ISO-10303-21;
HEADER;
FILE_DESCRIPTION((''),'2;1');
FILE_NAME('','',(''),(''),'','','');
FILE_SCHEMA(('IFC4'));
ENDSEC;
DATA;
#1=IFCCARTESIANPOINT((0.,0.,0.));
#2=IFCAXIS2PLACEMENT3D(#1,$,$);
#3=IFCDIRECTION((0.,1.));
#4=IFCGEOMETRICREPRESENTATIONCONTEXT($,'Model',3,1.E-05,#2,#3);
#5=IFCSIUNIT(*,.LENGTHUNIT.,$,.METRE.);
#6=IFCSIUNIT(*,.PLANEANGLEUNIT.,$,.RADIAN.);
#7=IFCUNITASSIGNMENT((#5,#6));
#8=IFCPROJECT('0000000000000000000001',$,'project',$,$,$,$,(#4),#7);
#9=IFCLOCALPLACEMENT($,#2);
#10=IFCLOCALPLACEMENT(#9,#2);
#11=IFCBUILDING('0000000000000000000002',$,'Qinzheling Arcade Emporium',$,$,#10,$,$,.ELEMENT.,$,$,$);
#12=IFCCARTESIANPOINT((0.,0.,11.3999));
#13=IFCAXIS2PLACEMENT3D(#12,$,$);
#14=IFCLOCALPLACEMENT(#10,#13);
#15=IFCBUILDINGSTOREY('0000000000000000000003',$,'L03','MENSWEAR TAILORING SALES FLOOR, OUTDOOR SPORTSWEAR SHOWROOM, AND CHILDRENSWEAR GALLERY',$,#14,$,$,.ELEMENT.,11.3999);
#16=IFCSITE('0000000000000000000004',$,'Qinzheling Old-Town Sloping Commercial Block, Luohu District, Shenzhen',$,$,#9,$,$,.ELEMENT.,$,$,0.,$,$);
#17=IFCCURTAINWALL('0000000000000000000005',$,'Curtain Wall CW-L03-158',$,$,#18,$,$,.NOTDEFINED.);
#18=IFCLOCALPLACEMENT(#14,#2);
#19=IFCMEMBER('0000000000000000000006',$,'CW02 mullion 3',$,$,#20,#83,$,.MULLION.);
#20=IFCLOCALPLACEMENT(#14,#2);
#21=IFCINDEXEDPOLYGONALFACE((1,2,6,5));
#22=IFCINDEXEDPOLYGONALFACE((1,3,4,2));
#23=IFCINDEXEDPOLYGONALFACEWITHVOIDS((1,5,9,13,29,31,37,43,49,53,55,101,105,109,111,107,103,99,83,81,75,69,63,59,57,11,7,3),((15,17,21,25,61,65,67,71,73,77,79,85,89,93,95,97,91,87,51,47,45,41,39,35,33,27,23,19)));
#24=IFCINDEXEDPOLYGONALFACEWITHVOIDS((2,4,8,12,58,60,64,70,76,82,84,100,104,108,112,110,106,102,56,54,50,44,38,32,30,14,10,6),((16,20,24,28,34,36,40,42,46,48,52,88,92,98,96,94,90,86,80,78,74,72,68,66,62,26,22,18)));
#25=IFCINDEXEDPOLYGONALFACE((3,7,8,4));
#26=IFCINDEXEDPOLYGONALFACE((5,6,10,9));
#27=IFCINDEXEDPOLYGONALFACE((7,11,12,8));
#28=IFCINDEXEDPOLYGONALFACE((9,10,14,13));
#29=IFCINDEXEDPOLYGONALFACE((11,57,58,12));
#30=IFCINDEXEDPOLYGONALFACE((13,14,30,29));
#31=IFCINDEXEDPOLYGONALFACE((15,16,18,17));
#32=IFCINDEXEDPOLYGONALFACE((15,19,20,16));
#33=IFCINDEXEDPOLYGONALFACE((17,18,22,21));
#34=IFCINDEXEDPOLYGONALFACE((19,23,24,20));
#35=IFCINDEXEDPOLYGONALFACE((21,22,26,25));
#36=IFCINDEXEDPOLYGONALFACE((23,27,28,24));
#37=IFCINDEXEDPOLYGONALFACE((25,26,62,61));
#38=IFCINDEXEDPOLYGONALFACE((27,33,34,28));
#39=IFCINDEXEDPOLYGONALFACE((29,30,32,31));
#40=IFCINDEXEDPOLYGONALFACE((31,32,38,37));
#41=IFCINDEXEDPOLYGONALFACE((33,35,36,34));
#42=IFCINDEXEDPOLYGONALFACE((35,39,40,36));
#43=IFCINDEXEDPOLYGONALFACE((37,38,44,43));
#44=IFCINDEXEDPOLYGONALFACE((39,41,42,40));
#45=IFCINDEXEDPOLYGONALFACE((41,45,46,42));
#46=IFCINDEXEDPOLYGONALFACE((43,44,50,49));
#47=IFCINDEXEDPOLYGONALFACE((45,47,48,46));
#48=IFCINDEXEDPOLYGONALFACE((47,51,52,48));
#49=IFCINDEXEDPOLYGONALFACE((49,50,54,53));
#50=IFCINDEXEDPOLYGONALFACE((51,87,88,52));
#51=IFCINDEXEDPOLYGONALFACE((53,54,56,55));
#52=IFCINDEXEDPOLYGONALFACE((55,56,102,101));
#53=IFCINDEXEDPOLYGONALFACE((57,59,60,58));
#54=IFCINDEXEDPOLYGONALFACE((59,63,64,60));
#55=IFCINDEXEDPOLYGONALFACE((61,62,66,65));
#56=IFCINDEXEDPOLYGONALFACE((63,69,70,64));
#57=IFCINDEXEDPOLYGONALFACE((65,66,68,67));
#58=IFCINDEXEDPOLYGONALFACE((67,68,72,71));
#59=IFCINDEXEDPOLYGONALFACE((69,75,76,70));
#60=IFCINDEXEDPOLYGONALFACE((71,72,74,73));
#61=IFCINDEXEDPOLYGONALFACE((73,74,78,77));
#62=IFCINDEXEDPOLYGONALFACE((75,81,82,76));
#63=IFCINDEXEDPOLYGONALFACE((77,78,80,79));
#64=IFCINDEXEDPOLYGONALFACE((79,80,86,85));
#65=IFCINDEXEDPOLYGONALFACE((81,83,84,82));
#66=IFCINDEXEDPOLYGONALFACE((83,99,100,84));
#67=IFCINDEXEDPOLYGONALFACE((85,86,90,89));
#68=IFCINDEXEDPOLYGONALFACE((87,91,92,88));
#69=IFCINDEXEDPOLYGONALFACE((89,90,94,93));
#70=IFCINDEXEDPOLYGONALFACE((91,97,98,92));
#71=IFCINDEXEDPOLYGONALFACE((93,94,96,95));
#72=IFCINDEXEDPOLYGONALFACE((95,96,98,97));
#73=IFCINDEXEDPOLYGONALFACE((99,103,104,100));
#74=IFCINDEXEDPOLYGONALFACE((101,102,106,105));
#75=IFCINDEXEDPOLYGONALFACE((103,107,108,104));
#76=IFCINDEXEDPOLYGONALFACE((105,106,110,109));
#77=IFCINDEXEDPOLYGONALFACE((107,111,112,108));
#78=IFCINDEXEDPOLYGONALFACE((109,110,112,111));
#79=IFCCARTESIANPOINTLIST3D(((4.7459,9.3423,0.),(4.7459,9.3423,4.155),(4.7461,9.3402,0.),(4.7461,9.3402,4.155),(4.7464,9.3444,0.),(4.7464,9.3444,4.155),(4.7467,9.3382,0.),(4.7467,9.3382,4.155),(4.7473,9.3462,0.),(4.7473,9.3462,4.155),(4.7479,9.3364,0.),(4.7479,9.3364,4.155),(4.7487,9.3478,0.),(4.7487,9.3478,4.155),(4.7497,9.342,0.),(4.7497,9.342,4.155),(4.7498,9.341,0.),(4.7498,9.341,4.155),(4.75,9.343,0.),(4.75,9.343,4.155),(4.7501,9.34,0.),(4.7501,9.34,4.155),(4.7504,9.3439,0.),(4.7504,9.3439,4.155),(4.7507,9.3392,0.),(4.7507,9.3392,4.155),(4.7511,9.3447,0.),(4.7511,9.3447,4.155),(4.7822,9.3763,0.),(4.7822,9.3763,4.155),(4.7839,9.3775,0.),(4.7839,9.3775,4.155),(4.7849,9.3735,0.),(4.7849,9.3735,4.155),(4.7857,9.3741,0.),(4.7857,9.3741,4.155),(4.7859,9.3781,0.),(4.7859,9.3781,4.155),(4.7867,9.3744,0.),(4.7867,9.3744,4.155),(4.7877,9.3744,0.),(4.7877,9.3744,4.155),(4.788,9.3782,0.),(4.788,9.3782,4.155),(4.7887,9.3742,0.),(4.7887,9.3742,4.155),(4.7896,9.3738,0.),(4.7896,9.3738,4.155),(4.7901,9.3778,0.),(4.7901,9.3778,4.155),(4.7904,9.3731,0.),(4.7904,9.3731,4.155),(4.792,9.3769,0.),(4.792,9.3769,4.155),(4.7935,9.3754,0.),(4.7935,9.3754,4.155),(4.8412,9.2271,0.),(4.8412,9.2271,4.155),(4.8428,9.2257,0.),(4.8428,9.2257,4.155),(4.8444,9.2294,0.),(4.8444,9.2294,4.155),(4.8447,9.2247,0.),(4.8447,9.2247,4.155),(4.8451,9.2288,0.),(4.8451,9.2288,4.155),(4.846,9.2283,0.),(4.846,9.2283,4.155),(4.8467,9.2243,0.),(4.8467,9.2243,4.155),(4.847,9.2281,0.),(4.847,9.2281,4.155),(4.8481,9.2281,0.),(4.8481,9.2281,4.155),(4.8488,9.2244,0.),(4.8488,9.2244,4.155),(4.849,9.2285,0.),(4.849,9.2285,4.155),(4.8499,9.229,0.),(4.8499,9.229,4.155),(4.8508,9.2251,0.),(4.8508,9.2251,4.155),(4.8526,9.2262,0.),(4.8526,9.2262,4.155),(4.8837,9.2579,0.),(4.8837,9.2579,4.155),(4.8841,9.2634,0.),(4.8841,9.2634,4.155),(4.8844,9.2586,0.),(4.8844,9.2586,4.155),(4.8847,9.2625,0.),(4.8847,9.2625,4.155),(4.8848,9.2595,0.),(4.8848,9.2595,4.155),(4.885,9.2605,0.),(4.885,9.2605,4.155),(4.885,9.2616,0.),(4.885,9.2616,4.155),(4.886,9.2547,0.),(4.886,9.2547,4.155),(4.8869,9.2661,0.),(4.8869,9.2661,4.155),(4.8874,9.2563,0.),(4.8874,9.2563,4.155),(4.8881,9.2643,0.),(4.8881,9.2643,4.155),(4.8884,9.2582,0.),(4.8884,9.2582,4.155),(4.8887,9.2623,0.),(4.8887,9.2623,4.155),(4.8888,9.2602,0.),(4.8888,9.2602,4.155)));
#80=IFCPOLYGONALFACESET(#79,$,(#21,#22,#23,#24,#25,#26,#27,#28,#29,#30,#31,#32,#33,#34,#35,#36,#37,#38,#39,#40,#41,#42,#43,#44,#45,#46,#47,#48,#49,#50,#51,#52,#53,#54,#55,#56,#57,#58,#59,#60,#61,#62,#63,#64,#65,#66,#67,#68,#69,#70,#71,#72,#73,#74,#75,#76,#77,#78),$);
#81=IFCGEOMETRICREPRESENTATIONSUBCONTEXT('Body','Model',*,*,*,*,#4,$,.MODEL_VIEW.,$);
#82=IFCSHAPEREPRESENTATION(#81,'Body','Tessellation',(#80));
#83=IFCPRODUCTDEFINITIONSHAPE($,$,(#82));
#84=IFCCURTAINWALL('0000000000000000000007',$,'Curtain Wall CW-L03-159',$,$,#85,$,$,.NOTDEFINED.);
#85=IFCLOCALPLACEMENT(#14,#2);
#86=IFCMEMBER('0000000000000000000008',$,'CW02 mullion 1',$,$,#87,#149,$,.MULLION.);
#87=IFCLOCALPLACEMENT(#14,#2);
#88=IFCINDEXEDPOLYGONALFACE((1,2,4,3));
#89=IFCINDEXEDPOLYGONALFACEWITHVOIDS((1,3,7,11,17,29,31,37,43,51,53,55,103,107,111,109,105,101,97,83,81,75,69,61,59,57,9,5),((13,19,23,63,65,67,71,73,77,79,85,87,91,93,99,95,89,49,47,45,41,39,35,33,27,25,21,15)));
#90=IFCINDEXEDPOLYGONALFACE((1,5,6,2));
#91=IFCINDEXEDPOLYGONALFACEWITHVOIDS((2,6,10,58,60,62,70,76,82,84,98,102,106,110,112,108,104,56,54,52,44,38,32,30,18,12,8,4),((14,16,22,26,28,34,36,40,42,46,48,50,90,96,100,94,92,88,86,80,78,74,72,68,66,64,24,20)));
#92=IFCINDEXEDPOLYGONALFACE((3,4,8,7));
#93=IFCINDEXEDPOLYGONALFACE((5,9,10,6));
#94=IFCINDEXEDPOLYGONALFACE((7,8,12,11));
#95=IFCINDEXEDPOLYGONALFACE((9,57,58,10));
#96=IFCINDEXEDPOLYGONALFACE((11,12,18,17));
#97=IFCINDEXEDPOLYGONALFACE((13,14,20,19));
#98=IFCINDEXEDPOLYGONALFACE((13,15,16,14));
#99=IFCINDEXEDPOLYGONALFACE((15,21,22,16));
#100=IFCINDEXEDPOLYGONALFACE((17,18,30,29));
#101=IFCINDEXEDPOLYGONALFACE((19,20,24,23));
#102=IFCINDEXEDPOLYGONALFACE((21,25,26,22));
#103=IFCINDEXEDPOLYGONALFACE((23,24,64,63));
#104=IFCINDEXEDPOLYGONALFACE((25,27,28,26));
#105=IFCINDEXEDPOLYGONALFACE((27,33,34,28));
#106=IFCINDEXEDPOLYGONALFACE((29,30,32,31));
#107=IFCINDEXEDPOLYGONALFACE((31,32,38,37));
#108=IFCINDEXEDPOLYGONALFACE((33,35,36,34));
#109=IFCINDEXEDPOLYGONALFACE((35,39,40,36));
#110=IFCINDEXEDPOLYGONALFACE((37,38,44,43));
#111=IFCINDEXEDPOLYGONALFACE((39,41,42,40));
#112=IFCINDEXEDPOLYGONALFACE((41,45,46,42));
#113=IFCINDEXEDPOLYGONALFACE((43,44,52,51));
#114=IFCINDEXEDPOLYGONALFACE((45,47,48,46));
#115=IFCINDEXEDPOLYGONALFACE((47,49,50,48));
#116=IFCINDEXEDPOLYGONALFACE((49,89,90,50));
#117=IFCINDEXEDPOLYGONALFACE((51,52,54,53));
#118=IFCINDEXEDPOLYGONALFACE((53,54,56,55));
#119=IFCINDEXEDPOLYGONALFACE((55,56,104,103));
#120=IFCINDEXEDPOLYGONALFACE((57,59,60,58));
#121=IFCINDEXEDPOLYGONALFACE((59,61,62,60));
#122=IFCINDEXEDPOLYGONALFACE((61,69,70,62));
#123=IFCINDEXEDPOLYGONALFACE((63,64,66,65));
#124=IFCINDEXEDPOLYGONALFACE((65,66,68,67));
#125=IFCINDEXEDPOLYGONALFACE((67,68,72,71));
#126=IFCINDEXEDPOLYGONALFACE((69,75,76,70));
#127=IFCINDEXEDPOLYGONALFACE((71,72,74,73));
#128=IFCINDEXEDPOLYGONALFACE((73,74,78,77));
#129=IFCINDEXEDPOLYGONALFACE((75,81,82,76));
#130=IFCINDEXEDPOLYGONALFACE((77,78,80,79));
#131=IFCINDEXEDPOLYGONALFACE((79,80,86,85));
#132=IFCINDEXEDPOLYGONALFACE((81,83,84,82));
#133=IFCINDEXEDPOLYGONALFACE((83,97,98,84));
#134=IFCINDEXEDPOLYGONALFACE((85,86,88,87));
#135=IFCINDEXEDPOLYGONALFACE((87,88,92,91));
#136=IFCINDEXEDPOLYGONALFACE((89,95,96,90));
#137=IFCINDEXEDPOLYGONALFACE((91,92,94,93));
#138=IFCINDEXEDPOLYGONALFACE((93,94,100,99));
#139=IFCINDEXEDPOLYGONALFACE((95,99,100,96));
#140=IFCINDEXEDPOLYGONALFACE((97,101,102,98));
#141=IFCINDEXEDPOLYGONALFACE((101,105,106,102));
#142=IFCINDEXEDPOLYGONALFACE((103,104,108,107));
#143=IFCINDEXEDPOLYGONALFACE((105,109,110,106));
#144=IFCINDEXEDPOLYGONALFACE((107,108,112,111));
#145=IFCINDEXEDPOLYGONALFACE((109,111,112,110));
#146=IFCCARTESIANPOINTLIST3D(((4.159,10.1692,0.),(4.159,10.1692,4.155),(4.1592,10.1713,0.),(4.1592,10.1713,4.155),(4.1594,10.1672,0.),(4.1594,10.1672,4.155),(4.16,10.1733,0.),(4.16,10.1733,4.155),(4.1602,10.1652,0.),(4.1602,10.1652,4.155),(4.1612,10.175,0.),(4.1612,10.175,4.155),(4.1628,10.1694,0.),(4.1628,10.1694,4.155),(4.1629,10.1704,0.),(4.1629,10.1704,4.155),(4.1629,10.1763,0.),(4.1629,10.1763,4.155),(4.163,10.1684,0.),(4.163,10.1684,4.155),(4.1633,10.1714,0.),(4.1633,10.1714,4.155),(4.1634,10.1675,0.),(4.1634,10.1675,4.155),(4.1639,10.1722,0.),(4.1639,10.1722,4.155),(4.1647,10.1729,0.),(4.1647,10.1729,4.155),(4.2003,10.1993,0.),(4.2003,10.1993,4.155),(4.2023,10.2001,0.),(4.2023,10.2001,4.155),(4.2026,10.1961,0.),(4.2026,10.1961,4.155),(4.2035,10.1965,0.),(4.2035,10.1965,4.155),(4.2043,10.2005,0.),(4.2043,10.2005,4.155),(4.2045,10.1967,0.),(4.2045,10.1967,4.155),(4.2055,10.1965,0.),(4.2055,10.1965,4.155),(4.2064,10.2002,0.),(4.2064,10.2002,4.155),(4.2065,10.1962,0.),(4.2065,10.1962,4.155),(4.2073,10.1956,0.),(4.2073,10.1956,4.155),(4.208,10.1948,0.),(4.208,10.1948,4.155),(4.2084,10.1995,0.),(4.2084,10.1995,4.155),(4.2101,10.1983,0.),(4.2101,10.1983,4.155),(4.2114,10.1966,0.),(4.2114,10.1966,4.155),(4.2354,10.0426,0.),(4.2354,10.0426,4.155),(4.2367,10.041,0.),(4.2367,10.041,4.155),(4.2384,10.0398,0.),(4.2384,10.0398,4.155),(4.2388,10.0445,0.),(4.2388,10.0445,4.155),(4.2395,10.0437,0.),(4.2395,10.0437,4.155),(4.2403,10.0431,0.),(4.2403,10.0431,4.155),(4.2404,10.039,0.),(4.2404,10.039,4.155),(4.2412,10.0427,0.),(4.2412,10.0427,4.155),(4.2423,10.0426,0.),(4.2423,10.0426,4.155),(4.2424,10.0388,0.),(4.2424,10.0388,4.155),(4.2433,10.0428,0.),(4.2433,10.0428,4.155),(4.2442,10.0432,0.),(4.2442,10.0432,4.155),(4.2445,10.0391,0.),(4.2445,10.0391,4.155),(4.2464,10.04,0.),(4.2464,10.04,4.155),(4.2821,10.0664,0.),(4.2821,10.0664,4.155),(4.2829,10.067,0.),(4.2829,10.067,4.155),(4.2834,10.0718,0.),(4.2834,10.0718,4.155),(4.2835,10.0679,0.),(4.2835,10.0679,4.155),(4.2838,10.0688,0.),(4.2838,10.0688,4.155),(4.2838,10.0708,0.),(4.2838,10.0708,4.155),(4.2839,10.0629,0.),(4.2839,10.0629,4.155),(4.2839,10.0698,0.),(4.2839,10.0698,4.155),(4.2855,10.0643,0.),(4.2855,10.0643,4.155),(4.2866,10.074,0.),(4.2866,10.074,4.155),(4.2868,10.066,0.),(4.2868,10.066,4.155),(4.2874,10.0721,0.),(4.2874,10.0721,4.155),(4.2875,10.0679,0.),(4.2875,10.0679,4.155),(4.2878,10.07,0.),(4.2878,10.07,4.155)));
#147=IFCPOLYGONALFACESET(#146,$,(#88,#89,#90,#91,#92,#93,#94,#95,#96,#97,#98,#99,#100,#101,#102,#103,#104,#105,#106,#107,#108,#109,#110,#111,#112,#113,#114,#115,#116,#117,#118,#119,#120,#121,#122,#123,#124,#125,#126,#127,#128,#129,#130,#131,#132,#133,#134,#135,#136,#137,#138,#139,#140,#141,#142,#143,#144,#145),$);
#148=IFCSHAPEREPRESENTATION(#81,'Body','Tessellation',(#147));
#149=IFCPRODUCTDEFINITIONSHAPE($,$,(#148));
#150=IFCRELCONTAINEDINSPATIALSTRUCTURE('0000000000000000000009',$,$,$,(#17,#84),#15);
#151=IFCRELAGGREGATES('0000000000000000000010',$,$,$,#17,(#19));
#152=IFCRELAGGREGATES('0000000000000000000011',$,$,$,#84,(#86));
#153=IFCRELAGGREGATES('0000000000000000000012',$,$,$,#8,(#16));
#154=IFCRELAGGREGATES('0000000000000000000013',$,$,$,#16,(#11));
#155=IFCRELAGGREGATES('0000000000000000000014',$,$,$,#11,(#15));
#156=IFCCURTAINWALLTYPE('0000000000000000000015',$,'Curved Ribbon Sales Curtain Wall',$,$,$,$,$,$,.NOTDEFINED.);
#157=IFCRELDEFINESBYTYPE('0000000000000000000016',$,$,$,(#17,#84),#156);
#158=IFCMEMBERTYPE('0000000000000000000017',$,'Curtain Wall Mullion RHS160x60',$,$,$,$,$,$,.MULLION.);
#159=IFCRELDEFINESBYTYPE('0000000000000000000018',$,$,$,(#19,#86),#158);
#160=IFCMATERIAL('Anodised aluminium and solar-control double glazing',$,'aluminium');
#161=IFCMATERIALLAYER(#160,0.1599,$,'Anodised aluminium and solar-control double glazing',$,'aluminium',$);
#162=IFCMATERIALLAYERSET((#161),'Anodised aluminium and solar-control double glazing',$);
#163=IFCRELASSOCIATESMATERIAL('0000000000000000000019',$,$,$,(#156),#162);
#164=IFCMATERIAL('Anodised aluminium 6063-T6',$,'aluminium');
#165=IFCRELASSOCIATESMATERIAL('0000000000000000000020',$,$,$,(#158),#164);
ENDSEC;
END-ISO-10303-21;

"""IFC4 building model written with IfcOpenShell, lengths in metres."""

from ifc_helpers import new_model, si_unit, direction, frame, origin, origin_2d, place, context, subcontext, project, spatial, hollow_rectangle, extrude, material, layer, layer_set, material_profile, profile_set, type_object, element, aggregate, save


model = new_model("IFC4")

# Units and contexts
model_context = context("Model", 3, precision=1e-05, world=origin(), true_north=direction((0.0, 1.0)))
body_context = subcontext(model_context, "Body", "Model", "MODEL_VIEW")
ifc_project = project(units=[si_unit("LENGTHUNIT", "METRE"), si_unit("PLANEANGLEUNIT", "RADIAN")], contexts=[model_context])

# Site, building, storey
site_placement = place(None, origin())
site = spatial("IfcSite", under=ifc_project, at=site_placement, Name="Qinzheling Old-Town Sloping Commercial Block, Luohu District, Shenzhen", CompositionType="ELEMENT", RefElevation=0.0)
building_placement = place(site_placement, origin())
building = spatial("IfcBuilding", under=site, at=building_placement, Name="Qinzheling Arcade Emporium", CompositionType="ELEMENT")
storey_placement = place(building_placement, frame((0.0, 0.0, 11.3999)))
storey = spatial("IfcBuildingStorey", under=building, at=storey_placement, Name="L03", Description="MENSWEAR TAILORING SALES FLOOR, OUTDOOR SPORTSWEAR SHOWROOM, AND CHILDRENSWEAR GALLERY", CompositionType="ELEMENT", Elevation=11.3999)

# Curtain walls, members
ifc_material_1 = material(Name="Anodised aluminium and solar-control double glazing", Category="aluminium")
ifc_layer_1 = layer(ifc_material_1, 0.1599, Name="Anodised aluminium and solar-control double glazing", Category="aluminium")
ifc_layer_set_1 = layer_set([ifc_layer_1], Name="Anodised aluminium and solar-control double glazing")
curtain_wall_type = type_object("IfcCurtainWallType", Name="Curved Ribbon Sales Curtain Wall", PredefinedType="NOTDEFINED", material=ifc_layer_set_1)
curtain_wall_1_placement = place(storey_placement, origin())
curtain_wall_1 = element("IfcCurtainWall", 1, at=curtain_wall_1_placement, inside=storey, type_object=curtain_wall_type, Name="Curtain Wall CW-L03-158", PredefinedType="NOTDEFINED")
ifc_material_2 = material(Name="Anodised aluminium 6063-T6", Category="aluminium")
ifc_material_profile_1 = material_profile(ifc_material_2, hollow_rectangle(XDim=0.0601, YDim=0.1599, WallThickness=0.0039, InnerFilletRadius=0.0039, OuterFilletRadius=0.0081, at=origin_2d()), Name="RHS 160x60x4", Category="aluminium")
ifc_profile_set_1 = profile_set([ifc_material_profile_1], Name="Anodised aluminium 6063-T6")
member_type_1 = type_object("IfcMemberType", Name="Curtain Wall Mullion RHS160x60", PredefinedType="MULLION", material=ifc_profile_set_1)
member_1_placement = place(storey_placement, frame((4.8174, 9.3013, 0.0), z_axis=(0.0, 0.0, 1.0), x_axis=(-0.760377, -0.649482, 0.0)))
member_1 = element("IfcMember", 2, at=member_1_placement, type_object=member_type_1, Name="CW02 mullion 3", PredefinedType="MULLION", context=body_context, shape_type="SweptSolid", body=[
    extrude(hollow_rectangle(XDim=0.0601, YDim=0.1599, WallThickness=0.0039, InnerFilletRadius=0.0039, OuterFilletRadius=0.0081, at=origin_2d()), origin(), (0.0, 0.0, 1.0), 4.155),
])
curtain_wall_2_placement = place(storey_placement, origin())
curtain_wall_2 = element("IfcCurtainWall", 3, at=curtain_wall_2_placement, inside=storey, type_object=curtain_wall_type, Name="Curtain Wall CW-L03-159", PredefinedType="NOTDEFINED")
member_2_placement = place(storey_placement, frame((4.2234, 10.1196, 0.0), z_axis=(0.0, 0.0, 1.0), x_axis=(-0.852534, -0.522672, 0.0)))
member_2 = element("IfcMember", 4, at=member_2_placement, type_object=member_type_1, Name="CW02 mullion 1", PredefinedType="MULLION", context=body_context, shape_type="SweptSolid", body=[
    extrude(hollow_rectangle(XDim=0.0601, YDim=0.1599, WallThickness=0.0039, InnerFilletRadius=0.0039, OuterFilletRadius=0.0081, at=origin_2d()), origin(), (0.0, 0.0, 1.0), 4.155),
])

aggregate(curtain_wall_1, [member_1])
aggregate(curtain_wall_2, [member_2])

save(model, "model.ifc")
